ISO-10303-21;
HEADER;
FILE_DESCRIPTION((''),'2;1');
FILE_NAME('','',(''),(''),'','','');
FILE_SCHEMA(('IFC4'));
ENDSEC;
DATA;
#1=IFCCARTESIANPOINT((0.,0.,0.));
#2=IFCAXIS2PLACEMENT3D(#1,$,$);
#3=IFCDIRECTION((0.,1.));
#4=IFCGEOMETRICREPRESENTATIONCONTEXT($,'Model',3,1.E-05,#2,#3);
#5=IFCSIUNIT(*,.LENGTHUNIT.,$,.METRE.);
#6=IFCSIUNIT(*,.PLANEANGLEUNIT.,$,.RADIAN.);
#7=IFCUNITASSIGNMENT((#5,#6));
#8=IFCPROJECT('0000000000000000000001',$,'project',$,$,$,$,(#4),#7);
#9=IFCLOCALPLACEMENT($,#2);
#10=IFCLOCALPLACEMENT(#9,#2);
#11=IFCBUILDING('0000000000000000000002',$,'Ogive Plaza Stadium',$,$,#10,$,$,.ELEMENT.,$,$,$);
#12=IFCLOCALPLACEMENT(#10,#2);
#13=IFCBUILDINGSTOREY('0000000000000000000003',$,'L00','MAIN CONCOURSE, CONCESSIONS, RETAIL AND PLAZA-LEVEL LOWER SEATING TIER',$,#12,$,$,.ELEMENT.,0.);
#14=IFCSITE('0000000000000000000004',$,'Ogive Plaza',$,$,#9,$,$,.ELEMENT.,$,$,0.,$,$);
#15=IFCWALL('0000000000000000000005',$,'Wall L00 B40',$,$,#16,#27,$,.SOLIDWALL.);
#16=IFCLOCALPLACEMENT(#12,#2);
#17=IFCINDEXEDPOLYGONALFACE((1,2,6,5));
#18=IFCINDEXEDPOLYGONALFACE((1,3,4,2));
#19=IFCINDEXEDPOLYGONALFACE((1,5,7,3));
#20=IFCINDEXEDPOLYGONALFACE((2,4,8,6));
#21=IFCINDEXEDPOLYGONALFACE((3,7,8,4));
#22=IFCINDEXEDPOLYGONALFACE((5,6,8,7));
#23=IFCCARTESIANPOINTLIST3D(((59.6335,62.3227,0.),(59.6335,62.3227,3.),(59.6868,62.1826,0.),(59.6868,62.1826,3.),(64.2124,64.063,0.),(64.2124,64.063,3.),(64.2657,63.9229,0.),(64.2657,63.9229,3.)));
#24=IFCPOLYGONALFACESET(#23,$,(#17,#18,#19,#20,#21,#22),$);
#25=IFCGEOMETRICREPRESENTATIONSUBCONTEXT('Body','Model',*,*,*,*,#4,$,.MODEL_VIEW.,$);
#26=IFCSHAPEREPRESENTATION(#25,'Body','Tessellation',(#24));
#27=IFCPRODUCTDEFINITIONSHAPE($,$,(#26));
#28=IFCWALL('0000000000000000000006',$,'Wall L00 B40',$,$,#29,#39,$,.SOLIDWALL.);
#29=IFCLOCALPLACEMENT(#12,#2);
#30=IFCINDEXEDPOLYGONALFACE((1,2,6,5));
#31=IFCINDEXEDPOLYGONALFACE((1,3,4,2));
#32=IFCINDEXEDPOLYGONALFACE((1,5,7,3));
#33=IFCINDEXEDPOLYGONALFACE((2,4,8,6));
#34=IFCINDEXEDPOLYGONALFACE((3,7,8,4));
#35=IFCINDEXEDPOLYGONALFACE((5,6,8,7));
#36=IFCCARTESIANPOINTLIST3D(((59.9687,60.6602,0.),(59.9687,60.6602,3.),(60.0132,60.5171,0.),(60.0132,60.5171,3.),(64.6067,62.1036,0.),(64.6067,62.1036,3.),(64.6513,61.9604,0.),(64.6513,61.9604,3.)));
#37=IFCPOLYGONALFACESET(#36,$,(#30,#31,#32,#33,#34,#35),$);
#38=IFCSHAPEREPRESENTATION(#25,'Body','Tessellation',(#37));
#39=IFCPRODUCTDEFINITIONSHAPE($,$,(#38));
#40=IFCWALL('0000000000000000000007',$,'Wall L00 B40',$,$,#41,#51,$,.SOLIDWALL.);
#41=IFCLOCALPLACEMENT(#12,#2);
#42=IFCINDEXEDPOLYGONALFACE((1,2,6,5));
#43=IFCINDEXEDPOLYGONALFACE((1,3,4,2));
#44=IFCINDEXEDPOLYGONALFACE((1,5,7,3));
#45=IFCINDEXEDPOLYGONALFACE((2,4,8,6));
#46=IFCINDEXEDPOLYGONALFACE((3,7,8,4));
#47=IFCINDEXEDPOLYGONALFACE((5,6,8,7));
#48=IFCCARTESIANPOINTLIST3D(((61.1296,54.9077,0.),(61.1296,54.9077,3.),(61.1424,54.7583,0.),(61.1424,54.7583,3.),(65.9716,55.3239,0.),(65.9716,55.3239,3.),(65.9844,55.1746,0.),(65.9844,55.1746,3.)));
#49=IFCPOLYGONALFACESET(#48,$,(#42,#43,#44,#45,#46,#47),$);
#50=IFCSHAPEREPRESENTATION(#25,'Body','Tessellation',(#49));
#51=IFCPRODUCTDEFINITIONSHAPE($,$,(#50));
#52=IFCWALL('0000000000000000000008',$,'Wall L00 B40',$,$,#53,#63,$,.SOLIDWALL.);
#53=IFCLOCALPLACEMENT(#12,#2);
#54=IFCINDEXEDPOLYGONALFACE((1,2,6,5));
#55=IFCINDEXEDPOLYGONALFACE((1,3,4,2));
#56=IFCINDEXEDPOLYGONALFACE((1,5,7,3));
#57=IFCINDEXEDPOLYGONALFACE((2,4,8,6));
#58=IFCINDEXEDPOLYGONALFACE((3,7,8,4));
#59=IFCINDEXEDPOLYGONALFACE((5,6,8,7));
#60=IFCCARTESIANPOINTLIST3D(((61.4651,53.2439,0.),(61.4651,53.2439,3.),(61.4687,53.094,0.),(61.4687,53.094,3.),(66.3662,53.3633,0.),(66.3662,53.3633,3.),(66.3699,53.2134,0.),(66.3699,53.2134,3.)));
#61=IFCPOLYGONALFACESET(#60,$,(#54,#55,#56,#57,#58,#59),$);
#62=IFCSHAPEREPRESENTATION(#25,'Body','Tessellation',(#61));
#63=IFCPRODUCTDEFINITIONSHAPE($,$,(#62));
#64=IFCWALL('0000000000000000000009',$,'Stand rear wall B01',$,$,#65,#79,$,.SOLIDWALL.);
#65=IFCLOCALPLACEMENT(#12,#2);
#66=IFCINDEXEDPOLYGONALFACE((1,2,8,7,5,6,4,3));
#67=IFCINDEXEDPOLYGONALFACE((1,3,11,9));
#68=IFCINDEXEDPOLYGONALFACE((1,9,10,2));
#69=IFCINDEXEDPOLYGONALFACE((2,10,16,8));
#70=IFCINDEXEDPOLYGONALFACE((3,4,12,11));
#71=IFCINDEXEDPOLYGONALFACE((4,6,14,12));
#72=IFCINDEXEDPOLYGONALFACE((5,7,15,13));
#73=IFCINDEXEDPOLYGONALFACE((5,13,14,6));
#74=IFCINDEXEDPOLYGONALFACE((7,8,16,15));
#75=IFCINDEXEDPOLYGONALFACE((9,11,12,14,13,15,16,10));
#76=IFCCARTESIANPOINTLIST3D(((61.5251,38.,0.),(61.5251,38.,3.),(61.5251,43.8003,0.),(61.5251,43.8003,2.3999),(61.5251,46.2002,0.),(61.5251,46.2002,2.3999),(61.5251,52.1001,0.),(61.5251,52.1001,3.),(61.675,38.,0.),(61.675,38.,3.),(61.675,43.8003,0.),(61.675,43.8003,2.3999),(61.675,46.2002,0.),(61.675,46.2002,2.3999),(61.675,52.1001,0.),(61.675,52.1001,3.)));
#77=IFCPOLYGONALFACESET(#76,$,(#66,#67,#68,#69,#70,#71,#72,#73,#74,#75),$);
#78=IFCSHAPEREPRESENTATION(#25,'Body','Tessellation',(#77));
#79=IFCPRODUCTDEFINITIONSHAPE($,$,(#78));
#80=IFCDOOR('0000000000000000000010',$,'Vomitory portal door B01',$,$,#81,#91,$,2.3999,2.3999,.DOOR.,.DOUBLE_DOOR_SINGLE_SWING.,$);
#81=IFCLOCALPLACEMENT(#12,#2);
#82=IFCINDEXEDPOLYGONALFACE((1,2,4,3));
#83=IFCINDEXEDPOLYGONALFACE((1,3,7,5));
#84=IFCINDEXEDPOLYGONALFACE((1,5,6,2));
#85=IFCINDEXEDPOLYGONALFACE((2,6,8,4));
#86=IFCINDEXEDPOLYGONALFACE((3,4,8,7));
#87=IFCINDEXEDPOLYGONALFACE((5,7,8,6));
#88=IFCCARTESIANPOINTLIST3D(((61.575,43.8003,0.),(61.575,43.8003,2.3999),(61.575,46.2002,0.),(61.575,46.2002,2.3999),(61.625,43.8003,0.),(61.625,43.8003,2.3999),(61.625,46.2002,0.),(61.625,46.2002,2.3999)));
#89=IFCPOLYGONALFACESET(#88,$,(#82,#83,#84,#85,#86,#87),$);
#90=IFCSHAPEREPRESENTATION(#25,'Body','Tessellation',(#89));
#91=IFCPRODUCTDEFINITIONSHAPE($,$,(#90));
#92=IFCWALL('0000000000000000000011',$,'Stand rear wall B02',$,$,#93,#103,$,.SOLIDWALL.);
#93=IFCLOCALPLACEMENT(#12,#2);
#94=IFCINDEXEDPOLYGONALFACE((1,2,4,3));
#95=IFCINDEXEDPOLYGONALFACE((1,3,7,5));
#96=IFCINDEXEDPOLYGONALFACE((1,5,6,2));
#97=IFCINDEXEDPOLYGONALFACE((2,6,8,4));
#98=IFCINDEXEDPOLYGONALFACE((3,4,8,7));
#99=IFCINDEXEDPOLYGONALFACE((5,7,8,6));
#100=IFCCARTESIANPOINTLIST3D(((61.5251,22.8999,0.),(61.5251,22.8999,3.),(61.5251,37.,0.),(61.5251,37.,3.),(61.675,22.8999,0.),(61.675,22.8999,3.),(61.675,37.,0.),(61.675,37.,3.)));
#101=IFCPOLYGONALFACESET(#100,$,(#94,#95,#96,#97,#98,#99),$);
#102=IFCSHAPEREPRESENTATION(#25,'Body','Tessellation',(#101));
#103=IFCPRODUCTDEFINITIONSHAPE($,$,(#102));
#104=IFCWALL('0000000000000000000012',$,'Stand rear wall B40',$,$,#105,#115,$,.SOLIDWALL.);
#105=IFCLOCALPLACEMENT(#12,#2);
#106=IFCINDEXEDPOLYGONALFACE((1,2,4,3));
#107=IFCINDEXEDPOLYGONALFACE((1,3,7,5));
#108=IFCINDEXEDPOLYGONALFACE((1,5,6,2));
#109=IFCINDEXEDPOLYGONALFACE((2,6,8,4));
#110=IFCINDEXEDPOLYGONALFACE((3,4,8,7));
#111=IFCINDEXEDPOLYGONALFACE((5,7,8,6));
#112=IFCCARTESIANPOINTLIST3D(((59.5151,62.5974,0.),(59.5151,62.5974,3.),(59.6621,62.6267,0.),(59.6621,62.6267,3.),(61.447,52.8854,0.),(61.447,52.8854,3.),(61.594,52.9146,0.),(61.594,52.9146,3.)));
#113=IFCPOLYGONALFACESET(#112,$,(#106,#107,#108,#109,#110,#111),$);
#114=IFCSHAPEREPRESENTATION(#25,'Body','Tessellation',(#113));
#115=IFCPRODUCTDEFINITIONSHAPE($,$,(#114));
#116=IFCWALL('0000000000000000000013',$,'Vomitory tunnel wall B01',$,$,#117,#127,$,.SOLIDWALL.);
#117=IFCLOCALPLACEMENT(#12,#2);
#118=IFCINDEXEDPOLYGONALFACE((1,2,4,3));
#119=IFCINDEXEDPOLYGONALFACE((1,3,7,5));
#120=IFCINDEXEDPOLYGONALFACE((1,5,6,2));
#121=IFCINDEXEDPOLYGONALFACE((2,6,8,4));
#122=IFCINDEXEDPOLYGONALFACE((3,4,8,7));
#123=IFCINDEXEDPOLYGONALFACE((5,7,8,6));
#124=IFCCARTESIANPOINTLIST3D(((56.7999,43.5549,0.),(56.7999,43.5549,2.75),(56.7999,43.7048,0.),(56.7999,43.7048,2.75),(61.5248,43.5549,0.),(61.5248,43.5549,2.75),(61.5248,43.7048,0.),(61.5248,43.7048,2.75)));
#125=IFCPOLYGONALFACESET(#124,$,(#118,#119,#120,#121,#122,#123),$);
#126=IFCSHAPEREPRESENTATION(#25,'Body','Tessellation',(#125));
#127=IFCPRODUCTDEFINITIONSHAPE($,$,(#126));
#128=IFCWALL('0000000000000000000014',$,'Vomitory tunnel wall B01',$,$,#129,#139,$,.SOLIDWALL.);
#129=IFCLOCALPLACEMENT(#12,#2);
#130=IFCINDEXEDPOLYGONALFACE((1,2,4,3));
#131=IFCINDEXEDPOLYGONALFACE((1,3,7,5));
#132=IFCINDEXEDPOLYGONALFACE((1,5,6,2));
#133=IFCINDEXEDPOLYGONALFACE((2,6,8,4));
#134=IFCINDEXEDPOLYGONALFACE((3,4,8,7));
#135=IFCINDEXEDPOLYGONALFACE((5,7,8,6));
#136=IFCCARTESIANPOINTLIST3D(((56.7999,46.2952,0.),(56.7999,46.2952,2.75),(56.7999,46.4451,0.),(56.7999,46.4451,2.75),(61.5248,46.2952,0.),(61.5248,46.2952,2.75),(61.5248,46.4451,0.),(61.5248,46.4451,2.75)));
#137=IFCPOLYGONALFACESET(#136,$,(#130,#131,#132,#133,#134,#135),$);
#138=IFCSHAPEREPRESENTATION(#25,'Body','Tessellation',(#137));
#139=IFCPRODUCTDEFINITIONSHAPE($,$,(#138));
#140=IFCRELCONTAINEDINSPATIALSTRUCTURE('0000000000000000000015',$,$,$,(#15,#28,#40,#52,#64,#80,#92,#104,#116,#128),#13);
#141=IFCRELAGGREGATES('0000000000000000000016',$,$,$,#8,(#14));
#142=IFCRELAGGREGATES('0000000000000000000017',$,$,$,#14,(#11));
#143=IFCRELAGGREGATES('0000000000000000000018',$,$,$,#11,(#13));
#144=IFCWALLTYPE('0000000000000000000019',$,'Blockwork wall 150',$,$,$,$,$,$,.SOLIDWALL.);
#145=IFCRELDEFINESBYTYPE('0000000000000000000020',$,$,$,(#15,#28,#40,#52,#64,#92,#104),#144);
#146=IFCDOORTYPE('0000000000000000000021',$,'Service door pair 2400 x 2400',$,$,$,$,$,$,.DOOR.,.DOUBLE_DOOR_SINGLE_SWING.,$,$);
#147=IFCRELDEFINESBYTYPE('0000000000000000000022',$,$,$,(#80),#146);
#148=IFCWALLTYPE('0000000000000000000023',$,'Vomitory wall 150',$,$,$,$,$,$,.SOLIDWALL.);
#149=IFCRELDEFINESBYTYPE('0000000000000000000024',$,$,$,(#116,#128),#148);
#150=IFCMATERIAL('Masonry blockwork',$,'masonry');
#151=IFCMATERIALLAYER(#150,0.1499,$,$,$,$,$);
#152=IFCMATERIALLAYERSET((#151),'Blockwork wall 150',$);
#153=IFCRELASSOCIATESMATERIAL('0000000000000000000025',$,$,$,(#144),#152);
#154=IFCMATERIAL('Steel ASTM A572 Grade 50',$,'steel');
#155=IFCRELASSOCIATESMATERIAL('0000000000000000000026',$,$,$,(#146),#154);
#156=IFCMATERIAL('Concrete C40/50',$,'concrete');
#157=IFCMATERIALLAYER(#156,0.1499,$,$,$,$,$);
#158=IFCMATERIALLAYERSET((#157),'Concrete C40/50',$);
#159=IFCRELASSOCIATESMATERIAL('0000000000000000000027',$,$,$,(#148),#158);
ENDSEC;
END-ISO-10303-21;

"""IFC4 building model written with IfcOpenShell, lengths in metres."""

from ifc_helpers import new_model, si_unit, direction, frame, frame_2d, origin, place, context, subcontext, project, spatial, rectangle, extrude, material, layer, layer_set, type_object, element, fill, save


model = new_model("IFC4")

# Units and contexts
model_context = context("Model", 3, precision=1e-05, world=origin(), true_north=direction((0.0, 1.0)))
body_context = subcontext(model_context, "Body", "Model", "MODEL_VIEW")
ifc_project = project(units=[si_unit("LENGTHUNIT", "METRE"), si_unit("PLANEANGLEUNIT", "RADIAN")], contexts=[model_context])

# Site, building, storey
site_placement = place(None, origin())
site = spatial("IfcSite", under=ifc_project, at=site_placement, Name="Ogive Plaza", CompositionType="ELEMENT", RefElevation=0.0)
building_placement = place(site_placement, origin())
building = spatial("IfcBuilding", under=site, at=building_placement, Name="Ogive Plaza Stadium", CompositionType="ELEMENT")
storey_placement = place(building_placement, origin())
storey = spatial("IfcBuildingStorey", under=building, at=storey_placement, Name="L00", Description="MAIN CONCOURSE, CONCESSIONS, RETAIL AND PLAZA-LEVEL LOWER SEATING TIER", CompositionType="ELEMENT", Elevation=0.0)

# Walls
ifc_material_1 = material(Name="Masonry blockwork", Category="masonry")
ifc_layer_1 = layer(ifc_material_1, 0.1499)
ifc_layer_set_1 = layer_set([ifc_layer_1], Name="Blockwork wall 150")
wall_type_1 = type_object("IfcWallType", Name="Blockwork wall 150", PredefinedType="SOLIDWALL", material=ifc_layer_set_1)
wall_1_placement = place(storey_placement, frame((59.6602, 62.2527, 0.0), z_axis=(0.0, 0.0, 1.0), x_axis=(0.934765, 0.355266, 0.0)))
element("IfcWall", 1, at=wall_1_placement, inside=storey, type_object=wall_type_1, Name="Wall L00 B40", PredefinedType="SOLIDWALL", context=body_context, shape_type="SweptSolid", body=[
    extrude(rectangle(XDim=4.8984, YDim=0.1499, at=frame_2d((2.4492, 0.0))), origin(), (0.0, 0.0, 1.0), 3.0),
])
wall_2_placement = place(storey_placement, frame((59.991, 60.5886, 0.0), z_axis=(0.0, 0.0, 1.0), x_axis=(0.954831, 0.29715, 0.0)))
element("IfcWall", 2, at=wall_2_placement, inside=storey, type_object=wall_type_1, Name="Wall L00 B40", PredefinedType="SOLIDWALL", context=body_context, shape_type="SweptSolid", body=[
    extrude(rectangle(XDim=4.8574, YDim=0.1499, at=frame_2d((2.4287, 0.0))), origin(), (0.0, 0.0, 1.0), 3.0),
])
wall_3_placement = place(storey_placement, frame((61.136, 54.833, 0.0), z_axis=(0.0, 0.0, 1.0), x_axis=(0.996325, 0.085652, 0.0)))
element("IfcWall", 3, at=wall_3_placement, inside=storey, type_object=wall_type_1, Name="Wall L00 B40", PredefinedType="SOLIDWALL", context=body_context, shape_type="SweptSolid", body=[
    extrude(rectangle(XDim=4.8599, YDim=0.1499, at=frame_2d((2.4299, 0.0))), origin(), (0.0, 0.0, 1.0), 3.0),
])
wall_4_placement = place(storey_placement, frame((61.467, 53.1689, 0.0), z_axis=(0.0, 0.0, 1.0), x_axis=(0.999703, 0.024351, 0.0)))
element("IfcWall", 4, at=wall_4_placement, inside=storey, type_object=wall_type_1, Name="Wall L00 B40", PredefinedType="SOLIDWALL", context=body_context, shape_type="SweptSolid", body=[
    extrude(rectangle(XDim=4.9026, YDim=0.1499, at=frame_2d((2.4512, 0.0))), origin(), (0.0, 0.0, 1.0), 3.0),
])

# Wall, opening, door
wall_5_placement = place(storey_placement, frame((61.6001, 52.1001, 0.0), z_axis=(0.0, 0.0, 1.0), x_axis=(0.0, -1.0, 0.0)))
wall_5 = element("IfcWall", 5, at=wall_5_placement, inside=storey, type_object=wall_type_1, Name="Stand rear wall B01", PredefinedType="SOLIDWALL", context=body_context, shape_type="SweptSolid", body=[
    extrude(rectangle(XDim=14.1001, YDim=0.1499, at=frame_2d((7.05, 0.0))), origin(), (0.0, 0.0, 1.0), 3.0),
])
opening_placement = place(wall_5_placement, frame((5.8999, 0.0, 0.0)))
opening = element("IfcOpeningElement", 6, at=opening_placement, cuts=wall_5, PredefinedType="OPENING", context=body_context, shape_type="SweptSolid", body=[
    extrude(rectangle(XDim=2.3999, YDim=2.3999, at=frame_2d((1.2, 1.2))), frame((0.0, 0.075, 0.0), z_axis=(0.0, -1.0, 0.0), x_axis=(1.0, 0.0, 0.0)), (0.0, 0.0, 1.0), 0.1499),
])
ifc_material_2 = material(Name="Steel ASTM A572 Grade 50", Category="steel")
door_type = type_object("IfcDoorType", Name="Service door pair 2400 x 2400", OperationType="DOUBLE_DOOR_SINGLE_SWING", PredefinedType="DOOR", material=ifc_material_2)
door_placement = place(opening_placement, origin())
door = element("IfcDoor", 7, at=door_placement, inside=storey, type_object=door_type, Name="Vomitory portal door B01", OperationType="DOUBLE_DOOR_SINGLE_SWING", OverallHeight=2.3999, OverallWidth=2.3999, PredefinedType="DOOR", context=body_context, shape_type="SweptSolid", body=[
    extrude(rectangle(XDim=2.3999, YDim=2.3999, at=frame_2d((1.2, 1.2))), frame((0.0, 0.0249, 0.0), z_axis=(0.0, -1.0, 0.0), x_axis=(1.0, 0.0, 0.0)), (0.0, 0.0, 1.0), 0.05),
])
fill(opening, door)

# Walls
wall_6_placement = place(storey_placement, frame((61.6001, 37.0, 0.0), z_axis=(0.0, 0.0, 1.0), x_axis=(0.0, -1.0, 0.0)))
element("IfcWall", 8, at=wall_6_placement, inside=storey, type_object=wall_type_1, Name="Stand rear wall B02", PredefinedType="SOLIDWALL", context=body_context, shape_type="SweptSolid", body=[
    extrude(rectangle(XDim=14.1001, YDim=0.1499, at=frame_2d((7.05, 0.0))), origin(), (0.0, 0.0, 1.0), 3.0),
])
wall_7_placement = place(storey_placement, frame((59.5886, 62.6121, 0.0), z_axis=(0.0, 0.0, 1.0), x_axis=(0.195092, -0.980785, 0.0)))
element("IfcWall", 9, at=wall_7_placement, inside=storey, type_object=wall_type_1, Name="Stand rear wall B40", PredefinedType="SOLIDWALL", context=body_context, shape_type="SweptSolid", body=[
    extrude(rectangle(XDim=9.9023, YDim=0.1499, at=frame_2d((4.9512, 0.0))), origin(), (0.0, 0.0, 1.0), 3.0),
])
ifc_material_3 = material(Name="Concrete C40/50", Category="concrete")
ifc_layer_2 = layer(ifc_material_3, 0.1499)
ifc_layer_set_2 = layer_set([ifc_layer_2], Name="Concrete C40/50")
wall_type_2 = type_object("IfcWallType", Name="Vomitory wall 150", PredefinedType="SOLIDWALL", material=ifc_layer_set_2)
for number, where, z_axis, x_axis, name in (
    (10, (56.8, 43.6299, 0.0), (0.0, 0.0, 1.0), (1.0, 0.0, 0.0), "Vomitory tunnel wall B01"),
    (11, (56.8, 46.3701, 0.0), (0.0, 0.0, 1.0), (1.0, 0.0, 0.0), "Vomitory tunnel wall B01"),
):
    element("IfcWall", number, at=place(storey_placement, frame(where, z_axis=z_axis, x_axis=x_axis)), inside=storey, type_object=wall_type_2, Name=name, PredefinedType="SOLIDWALL", context=body_context, shape_type="SweptSolid", body=[
        extrude(rectangle(XDim=4.7249, YDim=0.1499, at=frame_2d((2.3623, 0.0))), origin(), (0.0, 0.0, 1.0), 2.75),
    ])

save(model, "model.ifc")
